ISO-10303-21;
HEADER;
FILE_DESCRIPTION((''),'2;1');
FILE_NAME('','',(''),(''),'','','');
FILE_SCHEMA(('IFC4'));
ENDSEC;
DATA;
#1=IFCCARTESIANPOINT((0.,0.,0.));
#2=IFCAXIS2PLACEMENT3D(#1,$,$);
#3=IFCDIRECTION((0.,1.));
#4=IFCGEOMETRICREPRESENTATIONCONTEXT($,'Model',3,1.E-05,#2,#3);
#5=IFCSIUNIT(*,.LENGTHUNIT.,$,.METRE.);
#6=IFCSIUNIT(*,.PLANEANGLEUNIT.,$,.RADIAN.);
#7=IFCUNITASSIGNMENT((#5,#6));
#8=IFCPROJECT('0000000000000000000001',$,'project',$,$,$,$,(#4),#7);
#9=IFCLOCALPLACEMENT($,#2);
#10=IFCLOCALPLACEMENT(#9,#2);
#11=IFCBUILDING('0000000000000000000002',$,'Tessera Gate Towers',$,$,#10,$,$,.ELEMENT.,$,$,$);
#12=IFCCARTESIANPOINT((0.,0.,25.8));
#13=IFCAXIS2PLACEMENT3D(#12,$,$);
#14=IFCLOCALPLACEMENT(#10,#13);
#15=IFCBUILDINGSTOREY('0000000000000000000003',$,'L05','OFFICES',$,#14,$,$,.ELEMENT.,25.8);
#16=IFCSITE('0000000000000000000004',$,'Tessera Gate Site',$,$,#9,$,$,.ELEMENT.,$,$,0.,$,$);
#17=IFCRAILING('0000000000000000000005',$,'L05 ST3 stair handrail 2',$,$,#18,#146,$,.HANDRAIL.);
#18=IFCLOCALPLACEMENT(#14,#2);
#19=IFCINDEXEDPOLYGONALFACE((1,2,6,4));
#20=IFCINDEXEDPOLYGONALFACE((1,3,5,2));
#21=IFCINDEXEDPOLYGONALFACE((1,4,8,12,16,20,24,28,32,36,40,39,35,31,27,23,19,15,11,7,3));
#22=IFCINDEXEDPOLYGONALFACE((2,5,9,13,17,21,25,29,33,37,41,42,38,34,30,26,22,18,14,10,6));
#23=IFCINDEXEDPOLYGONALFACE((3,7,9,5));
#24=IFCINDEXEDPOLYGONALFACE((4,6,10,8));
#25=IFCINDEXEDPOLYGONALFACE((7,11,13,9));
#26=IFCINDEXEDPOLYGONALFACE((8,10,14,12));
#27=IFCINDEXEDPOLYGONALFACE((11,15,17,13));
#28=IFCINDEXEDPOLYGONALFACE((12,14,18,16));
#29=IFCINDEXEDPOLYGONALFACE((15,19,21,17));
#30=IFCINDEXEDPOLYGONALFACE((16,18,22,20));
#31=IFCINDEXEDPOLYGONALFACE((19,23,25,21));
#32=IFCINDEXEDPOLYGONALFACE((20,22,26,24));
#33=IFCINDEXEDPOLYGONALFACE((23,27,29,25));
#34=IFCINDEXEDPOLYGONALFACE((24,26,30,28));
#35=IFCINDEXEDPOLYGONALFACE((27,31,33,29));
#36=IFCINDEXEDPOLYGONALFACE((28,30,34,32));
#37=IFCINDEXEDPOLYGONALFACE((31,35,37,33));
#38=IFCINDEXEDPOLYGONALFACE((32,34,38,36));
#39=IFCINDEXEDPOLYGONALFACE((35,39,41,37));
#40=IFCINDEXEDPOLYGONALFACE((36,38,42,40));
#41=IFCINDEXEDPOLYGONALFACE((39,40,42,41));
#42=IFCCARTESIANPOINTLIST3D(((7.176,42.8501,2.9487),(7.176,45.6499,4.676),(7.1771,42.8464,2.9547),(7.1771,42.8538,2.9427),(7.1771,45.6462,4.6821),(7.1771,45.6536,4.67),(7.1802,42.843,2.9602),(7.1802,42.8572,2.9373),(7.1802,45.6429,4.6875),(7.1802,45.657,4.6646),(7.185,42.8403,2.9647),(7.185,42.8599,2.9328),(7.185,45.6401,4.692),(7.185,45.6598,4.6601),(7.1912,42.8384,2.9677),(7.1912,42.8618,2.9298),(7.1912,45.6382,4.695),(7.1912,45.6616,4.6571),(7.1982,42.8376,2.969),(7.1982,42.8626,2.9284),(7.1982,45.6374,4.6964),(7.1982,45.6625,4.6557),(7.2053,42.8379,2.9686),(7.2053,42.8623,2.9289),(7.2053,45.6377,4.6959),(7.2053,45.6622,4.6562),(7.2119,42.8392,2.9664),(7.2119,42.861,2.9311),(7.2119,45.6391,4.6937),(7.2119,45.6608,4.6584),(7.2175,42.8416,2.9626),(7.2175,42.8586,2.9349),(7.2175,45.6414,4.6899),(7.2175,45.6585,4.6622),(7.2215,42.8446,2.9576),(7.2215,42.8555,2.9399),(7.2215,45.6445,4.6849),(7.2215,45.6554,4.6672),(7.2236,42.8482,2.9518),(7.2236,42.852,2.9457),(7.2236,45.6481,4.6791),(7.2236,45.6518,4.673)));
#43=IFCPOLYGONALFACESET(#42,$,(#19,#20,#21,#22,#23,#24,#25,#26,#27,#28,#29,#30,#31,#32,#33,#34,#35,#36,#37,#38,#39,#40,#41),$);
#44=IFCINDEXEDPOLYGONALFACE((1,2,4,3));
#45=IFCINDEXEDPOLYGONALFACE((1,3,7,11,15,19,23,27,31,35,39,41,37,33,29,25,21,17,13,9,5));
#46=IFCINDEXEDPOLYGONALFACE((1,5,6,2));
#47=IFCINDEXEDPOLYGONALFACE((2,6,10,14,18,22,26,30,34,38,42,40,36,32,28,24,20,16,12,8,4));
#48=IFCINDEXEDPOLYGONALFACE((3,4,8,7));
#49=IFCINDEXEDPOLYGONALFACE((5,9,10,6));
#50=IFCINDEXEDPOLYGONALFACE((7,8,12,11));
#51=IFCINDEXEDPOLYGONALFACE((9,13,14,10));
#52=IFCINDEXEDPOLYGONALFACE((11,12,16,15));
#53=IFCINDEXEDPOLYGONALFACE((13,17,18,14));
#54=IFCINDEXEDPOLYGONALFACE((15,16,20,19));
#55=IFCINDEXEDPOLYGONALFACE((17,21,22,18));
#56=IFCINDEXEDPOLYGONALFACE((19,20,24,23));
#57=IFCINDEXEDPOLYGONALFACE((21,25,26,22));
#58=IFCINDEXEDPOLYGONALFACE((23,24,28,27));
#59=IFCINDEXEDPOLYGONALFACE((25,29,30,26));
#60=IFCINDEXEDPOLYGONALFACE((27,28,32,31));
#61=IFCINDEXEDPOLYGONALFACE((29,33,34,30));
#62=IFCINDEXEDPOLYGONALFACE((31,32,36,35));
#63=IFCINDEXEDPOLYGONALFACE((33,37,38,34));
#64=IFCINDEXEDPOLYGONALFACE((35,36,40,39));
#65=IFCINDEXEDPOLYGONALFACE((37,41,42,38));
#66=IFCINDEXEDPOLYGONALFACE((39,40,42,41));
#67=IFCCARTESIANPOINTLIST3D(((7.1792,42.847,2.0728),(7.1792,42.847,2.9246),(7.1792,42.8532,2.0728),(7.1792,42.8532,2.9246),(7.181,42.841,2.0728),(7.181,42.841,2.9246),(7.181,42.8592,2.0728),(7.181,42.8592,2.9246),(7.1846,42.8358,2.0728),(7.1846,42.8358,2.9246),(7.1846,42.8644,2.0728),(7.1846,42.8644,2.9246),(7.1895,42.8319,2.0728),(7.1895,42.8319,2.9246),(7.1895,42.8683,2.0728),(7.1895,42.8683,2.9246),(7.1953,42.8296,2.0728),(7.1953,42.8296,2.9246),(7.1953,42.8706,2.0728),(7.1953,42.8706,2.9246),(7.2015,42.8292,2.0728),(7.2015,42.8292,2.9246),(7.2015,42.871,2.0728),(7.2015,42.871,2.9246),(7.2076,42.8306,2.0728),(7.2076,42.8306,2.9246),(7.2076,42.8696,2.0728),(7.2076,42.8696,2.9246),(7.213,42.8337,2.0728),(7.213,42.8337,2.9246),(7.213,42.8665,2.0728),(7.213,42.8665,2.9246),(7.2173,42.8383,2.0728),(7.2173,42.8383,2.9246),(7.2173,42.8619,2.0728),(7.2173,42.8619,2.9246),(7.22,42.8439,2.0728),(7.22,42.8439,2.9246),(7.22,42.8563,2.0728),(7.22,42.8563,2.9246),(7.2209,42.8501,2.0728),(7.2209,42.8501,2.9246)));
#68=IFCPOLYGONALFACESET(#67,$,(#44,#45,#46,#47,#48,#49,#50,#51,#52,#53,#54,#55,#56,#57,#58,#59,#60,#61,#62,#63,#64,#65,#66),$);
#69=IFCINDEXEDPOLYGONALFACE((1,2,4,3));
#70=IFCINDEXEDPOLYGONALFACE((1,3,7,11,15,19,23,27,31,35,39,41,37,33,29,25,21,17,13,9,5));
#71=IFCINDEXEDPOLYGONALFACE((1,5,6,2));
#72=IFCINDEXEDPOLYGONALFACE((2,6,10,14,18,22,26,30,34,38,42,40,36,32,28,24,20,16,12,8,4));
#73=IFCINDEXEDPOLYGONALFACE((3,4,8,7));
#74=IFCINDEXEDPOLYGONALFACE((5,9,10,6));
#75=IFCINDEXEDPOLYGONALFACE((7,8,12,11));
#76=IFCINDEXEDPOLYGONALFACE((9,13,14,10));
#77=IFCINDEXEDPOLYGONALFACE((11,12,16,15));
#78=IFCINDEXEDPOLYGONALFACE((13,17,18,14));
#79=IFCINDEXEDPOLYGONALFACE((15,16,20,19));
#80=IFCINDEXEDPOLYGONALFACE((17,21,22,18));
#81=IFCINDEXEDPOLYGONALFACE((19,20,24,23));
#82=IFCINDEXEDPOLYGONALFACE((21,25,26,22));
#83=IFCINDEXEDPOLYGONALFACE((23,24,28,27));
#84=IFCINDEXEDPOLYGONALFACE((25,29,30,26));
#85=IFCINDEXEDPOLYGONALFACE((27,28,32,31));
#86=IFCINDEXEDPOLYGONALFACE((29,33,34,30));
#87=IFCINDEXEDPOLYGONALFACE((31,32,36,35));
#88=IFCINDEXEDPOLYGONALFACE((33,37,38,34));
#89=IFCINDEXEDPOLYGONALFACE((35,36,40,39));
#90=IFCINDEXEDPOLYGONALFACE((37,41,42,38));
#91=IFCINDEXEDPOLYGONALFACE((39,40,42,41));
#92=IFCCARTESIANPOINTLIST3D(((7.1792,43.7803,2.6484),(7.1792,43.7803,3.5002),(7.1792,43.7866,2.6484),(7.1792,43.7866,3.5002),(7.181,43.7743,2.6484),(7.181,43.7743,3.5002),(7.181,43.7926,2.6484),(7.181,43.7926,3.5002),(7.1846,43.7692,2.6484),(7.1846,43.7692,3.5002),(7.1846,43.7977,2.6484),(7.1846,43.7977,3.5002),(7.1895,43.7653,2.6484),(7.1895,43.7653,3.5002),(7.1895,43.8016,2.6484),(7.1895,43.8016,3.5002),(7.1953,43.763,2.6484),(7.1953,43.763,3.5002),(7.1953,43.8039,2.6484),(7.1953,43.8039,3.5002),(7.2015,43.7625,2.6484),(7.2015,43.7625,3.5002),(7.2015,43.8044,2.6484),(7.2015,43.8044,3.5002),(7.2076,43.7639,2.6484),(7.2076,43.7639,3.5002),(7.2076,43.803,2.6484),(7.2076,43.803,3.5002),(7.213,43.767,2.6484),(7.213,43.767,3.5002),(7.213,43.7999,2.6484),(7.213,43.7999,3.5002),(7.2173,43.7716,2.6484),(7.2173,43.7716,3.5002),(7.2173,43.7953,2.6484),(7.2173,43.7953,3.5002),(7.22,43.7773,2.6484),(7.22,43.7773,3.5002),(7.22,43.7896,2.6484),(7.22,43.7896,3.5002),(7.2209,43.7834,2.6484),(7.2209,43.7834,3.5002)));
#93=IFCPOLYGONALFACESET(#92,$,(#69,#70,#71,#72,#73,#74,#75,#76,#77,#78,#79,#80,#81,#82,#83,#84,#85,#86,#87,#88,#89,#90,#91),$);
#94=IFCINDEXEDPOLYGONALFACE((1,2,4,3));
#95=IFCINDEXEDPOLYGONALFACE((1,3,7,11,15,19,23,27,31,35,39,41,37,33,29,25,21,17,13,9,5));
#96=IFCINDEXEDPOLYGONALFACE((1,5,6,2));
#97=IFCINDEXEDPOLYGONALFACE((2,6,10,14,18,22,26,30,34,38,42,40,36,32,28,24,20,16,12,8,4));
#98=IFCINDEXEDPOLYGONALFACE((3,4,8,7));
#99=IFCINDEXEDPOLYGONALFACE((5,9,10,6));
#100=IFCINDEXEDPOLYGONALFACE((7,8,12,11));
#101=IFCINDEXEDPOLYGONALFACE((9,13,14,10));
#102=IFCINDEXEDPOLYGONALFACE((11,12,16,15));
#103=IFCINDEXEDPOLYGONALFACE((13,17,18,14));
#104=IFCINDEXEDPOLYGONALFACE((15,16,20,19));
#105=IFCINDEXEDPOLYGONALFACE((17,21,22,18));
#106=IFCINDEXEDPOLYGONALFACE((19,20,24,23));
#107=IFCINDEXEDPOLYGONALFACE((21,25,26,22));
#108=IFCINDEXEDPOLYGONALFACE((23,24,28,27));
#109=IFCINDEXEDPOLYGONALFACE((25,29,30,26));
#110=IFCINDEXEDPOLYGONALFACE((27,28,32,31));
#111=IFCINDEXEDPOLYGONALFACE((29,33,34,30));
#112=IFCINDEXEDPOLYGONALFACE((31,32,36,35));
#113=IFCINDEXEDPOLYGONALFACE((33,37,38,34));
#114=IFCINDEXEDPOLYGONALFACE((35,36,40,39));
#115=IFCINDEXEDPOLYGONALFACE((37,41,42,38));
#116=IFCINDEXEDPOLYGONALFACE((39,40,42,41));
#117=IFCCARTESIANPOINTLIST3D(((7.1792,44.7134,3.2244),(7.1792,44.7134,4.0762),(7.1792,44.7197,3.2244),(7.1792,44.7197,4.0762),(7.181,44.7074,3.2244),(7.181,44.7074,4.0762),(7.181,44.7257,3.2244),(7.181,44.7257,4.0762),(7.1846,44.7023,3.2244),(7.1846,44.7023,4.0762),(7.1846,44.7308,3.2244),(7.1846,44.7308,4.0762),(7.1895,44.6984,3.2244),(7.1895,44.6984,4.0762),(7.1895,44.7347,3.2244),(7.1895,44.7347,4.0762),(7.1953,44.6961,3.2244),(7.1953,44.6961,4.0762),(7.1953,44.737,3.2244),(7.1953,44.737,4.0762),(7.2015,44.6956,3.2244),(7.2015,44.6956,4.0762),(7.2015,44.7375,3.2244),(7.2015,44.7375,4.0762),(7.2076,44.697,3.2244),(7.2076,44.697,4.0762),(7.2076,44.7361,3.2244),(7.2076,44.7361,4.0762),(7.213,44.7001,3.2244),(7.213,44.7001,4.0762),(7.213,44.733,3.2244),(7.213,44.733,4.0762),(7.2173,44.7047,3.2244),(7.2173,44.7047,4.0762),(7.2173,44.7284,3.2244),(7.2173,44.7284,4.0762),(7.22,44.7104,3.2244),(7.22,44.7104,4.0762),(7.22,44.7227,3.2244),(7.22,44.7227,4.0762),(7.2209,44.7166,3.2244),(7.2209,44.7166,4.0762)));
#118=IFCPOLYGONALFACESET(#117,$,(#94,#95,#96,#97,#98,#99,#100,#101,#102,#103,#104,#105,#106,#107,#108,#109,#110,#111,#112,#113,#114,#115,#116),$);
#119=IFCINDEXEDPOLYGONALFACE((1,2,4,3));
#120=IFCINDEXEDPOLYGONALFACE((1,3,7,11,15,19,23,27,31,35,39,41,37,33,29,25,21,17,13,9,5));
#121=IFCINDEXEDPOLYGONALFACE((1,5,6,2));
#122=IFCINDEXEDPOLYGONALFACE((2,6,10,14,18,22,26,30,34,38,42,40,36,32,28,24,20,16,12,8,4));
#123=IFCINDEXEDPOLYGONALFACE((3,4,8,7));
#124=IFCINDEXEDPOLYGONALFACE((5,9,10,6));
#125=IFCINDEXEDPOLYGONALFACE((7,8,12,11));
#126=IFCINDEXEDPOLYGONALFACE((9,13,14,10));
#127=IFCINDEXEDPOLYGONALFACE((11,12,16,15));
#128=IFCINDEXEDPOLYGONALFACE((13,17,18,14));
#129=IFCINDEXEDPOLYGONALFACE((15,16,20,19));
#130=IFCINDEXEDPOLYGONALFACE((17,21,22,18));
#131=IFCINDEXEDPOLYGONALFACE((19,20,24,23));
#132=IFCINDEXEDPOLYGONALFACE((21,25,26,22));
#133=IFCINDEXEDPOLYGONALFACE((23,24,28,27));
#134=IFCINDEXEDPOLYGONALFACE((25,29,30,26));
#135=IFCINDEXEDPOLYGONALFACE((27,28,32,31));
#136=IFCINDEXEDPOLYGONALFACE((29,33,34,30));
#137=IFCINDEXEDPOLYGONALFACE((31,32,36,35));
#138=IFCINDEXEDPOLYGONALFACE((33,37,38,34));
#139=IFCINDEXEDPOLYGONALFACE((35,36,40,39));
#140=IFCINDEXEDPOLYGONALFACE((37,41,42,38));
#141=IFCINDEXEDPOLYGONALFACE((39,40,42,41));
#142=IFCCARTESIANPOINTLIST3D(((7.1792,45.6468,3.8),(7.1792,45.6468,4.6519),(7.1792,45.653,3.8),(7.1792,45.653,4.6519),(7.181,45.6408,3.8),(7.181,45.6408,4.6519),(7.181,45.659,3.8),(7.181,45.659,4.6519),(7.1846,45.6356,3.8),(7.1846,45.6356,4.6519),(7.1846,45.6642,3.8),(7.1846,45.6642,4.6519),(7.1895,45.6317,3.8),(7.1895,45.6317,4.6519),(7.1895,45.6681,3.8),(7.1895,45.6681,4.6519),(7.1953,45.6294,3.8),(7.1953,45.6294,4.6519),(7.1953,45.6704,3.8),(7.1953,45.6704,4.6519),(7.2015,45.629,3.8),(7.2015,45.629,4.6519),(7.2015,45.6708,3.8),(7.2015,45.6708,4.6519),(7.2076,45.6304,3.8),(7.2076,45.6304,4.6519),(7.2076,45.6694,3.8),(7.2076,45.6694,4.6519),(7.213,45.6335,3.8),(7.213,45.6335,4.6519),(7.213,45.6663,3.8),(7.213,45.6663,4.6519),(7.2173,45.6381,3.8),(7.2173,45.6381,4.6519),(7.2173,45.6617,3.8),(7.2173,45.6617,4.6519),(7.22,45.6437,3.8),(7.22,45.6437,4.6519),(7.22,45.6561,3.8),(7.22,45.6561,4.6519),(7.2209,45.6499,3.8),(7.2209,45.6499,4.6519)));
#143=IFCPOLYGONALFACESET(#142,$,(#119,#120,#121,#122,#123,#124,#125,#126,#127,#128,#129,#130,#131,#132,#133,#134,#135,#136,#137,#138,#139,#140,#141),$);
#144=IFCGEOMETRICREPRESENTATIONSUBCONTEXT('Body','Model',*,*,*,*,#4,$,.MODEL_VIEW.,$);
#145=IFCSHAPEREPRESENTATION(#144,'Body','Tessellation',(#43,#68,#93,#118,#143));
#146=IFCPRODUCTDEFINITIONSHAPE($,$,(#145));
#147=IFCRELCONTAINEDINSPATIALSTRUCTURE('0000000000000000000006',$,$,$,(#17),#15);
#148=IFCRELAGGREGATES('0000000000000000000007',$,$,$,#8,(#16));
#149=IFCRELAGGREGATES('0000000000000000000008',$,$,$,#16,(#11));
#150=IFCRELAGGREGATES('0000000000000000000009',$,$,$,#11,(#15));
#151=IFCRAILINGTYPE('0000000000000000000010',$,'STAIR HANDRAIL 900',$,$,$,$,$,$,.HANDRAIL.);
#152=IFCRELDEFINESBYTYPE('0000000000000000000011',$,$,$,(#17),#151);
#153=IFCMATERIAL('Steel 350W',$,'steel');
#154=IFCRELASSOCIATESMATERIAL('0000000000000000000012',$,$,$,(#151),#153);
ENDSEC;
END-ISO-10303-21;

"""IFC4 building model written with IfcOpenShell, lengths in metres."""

from ifc_helpers import new_model, si_unit, direction, frame, origin, origin_2d, place, context, subcontext, project, spatial, circle, extrude, material, type_object, element, save


model = new_model("IFC4")

# Units and contexts
model_context = context("Model", 3, precision=1e-05, world=origin(), true_north=direction((0.0, 1.0)))
body_context = subcontext(model_context, "Body", "Model", "MODEL_VIEW")
ifc_project = project(units=[si_unit("LENGTHUNIT", "METRE"), si_unit("PLANEANGLEUNIT", "RADIAN")], contexts=[model_context])

# Site, building, storey
site_placement = place(None, origin())
site = spatial("IfcSite", under=ifc_project, at=site_placement, Name="Tessera Gate Site", CompositionType="ELEMENT", RefElevation=0.0)
building_placement = place(site_placement, origin())
building = spatial("IfcBuilding", under=site, at=building_placement, Name="Tessera Gate Towers", CompositionType="ELEMENT")
storey_placement = place(building_placement, frame((0.0, 0.0, 25.8)))
storey = spatial("IfcBuildingStorey", under=building, at=storey_placement, Name="L05", Description="OFFICES", CompositionType="ELEMENT", Elevation=25.8)

# Railing
ifc_material_1 = material(Name="Steel 350W", Category="steel")
railing_type_1 = type_object("IfcRailingType", Name="STAIR HANDRAIL 900", PredefinedType="HANDRAIL", material=ifc_material_1)
railing_1_placement = place(storey_placement, frame((7.2, 42.8501, 2.0728)))
element("IfcRailing", 1, at=railing_1_placement, inside=storey, type_object=railing_type_1, Name="L05 ST3 stair handrail 2", PredefinedType="HANDRAIL", context=body_context, shape_type="SweptSolid", body=[
    extrude(circle(Radius=0.0239, at=origin_2d()), frame((0.0, 0.0, 0.876), z_axis=(0.0, 0.851069, 0.525054), x_axis=(-1.0, 0.0, 0.0)), (0.0, 0.0, 1.0), 3.2898),
    extrude(circle(Radius=0.021, at=origin_2d()), origin(), (0.0, 0.0, 1.0), 0.8518),
    extrude(circle(Radius=0.021, at=origin_2d()), frame((0.0, 0.9333, 0.5757)), (0.0, 0.0, 1.0), 0.8518),
    extrude(circle(Radius=0.021, at=origin_2d()), frame((0.0, 1.8665, 1.1516)), (0.0, 0.0, 1.0), 0.8518),
    extrude(circle(Radius=0.021, at=origin_2d()), frame((0.0, 2.7998, 1.7273)), (0.0, 0.0, 1.0), 0.8518),
])

save(model, "model.ifc")
